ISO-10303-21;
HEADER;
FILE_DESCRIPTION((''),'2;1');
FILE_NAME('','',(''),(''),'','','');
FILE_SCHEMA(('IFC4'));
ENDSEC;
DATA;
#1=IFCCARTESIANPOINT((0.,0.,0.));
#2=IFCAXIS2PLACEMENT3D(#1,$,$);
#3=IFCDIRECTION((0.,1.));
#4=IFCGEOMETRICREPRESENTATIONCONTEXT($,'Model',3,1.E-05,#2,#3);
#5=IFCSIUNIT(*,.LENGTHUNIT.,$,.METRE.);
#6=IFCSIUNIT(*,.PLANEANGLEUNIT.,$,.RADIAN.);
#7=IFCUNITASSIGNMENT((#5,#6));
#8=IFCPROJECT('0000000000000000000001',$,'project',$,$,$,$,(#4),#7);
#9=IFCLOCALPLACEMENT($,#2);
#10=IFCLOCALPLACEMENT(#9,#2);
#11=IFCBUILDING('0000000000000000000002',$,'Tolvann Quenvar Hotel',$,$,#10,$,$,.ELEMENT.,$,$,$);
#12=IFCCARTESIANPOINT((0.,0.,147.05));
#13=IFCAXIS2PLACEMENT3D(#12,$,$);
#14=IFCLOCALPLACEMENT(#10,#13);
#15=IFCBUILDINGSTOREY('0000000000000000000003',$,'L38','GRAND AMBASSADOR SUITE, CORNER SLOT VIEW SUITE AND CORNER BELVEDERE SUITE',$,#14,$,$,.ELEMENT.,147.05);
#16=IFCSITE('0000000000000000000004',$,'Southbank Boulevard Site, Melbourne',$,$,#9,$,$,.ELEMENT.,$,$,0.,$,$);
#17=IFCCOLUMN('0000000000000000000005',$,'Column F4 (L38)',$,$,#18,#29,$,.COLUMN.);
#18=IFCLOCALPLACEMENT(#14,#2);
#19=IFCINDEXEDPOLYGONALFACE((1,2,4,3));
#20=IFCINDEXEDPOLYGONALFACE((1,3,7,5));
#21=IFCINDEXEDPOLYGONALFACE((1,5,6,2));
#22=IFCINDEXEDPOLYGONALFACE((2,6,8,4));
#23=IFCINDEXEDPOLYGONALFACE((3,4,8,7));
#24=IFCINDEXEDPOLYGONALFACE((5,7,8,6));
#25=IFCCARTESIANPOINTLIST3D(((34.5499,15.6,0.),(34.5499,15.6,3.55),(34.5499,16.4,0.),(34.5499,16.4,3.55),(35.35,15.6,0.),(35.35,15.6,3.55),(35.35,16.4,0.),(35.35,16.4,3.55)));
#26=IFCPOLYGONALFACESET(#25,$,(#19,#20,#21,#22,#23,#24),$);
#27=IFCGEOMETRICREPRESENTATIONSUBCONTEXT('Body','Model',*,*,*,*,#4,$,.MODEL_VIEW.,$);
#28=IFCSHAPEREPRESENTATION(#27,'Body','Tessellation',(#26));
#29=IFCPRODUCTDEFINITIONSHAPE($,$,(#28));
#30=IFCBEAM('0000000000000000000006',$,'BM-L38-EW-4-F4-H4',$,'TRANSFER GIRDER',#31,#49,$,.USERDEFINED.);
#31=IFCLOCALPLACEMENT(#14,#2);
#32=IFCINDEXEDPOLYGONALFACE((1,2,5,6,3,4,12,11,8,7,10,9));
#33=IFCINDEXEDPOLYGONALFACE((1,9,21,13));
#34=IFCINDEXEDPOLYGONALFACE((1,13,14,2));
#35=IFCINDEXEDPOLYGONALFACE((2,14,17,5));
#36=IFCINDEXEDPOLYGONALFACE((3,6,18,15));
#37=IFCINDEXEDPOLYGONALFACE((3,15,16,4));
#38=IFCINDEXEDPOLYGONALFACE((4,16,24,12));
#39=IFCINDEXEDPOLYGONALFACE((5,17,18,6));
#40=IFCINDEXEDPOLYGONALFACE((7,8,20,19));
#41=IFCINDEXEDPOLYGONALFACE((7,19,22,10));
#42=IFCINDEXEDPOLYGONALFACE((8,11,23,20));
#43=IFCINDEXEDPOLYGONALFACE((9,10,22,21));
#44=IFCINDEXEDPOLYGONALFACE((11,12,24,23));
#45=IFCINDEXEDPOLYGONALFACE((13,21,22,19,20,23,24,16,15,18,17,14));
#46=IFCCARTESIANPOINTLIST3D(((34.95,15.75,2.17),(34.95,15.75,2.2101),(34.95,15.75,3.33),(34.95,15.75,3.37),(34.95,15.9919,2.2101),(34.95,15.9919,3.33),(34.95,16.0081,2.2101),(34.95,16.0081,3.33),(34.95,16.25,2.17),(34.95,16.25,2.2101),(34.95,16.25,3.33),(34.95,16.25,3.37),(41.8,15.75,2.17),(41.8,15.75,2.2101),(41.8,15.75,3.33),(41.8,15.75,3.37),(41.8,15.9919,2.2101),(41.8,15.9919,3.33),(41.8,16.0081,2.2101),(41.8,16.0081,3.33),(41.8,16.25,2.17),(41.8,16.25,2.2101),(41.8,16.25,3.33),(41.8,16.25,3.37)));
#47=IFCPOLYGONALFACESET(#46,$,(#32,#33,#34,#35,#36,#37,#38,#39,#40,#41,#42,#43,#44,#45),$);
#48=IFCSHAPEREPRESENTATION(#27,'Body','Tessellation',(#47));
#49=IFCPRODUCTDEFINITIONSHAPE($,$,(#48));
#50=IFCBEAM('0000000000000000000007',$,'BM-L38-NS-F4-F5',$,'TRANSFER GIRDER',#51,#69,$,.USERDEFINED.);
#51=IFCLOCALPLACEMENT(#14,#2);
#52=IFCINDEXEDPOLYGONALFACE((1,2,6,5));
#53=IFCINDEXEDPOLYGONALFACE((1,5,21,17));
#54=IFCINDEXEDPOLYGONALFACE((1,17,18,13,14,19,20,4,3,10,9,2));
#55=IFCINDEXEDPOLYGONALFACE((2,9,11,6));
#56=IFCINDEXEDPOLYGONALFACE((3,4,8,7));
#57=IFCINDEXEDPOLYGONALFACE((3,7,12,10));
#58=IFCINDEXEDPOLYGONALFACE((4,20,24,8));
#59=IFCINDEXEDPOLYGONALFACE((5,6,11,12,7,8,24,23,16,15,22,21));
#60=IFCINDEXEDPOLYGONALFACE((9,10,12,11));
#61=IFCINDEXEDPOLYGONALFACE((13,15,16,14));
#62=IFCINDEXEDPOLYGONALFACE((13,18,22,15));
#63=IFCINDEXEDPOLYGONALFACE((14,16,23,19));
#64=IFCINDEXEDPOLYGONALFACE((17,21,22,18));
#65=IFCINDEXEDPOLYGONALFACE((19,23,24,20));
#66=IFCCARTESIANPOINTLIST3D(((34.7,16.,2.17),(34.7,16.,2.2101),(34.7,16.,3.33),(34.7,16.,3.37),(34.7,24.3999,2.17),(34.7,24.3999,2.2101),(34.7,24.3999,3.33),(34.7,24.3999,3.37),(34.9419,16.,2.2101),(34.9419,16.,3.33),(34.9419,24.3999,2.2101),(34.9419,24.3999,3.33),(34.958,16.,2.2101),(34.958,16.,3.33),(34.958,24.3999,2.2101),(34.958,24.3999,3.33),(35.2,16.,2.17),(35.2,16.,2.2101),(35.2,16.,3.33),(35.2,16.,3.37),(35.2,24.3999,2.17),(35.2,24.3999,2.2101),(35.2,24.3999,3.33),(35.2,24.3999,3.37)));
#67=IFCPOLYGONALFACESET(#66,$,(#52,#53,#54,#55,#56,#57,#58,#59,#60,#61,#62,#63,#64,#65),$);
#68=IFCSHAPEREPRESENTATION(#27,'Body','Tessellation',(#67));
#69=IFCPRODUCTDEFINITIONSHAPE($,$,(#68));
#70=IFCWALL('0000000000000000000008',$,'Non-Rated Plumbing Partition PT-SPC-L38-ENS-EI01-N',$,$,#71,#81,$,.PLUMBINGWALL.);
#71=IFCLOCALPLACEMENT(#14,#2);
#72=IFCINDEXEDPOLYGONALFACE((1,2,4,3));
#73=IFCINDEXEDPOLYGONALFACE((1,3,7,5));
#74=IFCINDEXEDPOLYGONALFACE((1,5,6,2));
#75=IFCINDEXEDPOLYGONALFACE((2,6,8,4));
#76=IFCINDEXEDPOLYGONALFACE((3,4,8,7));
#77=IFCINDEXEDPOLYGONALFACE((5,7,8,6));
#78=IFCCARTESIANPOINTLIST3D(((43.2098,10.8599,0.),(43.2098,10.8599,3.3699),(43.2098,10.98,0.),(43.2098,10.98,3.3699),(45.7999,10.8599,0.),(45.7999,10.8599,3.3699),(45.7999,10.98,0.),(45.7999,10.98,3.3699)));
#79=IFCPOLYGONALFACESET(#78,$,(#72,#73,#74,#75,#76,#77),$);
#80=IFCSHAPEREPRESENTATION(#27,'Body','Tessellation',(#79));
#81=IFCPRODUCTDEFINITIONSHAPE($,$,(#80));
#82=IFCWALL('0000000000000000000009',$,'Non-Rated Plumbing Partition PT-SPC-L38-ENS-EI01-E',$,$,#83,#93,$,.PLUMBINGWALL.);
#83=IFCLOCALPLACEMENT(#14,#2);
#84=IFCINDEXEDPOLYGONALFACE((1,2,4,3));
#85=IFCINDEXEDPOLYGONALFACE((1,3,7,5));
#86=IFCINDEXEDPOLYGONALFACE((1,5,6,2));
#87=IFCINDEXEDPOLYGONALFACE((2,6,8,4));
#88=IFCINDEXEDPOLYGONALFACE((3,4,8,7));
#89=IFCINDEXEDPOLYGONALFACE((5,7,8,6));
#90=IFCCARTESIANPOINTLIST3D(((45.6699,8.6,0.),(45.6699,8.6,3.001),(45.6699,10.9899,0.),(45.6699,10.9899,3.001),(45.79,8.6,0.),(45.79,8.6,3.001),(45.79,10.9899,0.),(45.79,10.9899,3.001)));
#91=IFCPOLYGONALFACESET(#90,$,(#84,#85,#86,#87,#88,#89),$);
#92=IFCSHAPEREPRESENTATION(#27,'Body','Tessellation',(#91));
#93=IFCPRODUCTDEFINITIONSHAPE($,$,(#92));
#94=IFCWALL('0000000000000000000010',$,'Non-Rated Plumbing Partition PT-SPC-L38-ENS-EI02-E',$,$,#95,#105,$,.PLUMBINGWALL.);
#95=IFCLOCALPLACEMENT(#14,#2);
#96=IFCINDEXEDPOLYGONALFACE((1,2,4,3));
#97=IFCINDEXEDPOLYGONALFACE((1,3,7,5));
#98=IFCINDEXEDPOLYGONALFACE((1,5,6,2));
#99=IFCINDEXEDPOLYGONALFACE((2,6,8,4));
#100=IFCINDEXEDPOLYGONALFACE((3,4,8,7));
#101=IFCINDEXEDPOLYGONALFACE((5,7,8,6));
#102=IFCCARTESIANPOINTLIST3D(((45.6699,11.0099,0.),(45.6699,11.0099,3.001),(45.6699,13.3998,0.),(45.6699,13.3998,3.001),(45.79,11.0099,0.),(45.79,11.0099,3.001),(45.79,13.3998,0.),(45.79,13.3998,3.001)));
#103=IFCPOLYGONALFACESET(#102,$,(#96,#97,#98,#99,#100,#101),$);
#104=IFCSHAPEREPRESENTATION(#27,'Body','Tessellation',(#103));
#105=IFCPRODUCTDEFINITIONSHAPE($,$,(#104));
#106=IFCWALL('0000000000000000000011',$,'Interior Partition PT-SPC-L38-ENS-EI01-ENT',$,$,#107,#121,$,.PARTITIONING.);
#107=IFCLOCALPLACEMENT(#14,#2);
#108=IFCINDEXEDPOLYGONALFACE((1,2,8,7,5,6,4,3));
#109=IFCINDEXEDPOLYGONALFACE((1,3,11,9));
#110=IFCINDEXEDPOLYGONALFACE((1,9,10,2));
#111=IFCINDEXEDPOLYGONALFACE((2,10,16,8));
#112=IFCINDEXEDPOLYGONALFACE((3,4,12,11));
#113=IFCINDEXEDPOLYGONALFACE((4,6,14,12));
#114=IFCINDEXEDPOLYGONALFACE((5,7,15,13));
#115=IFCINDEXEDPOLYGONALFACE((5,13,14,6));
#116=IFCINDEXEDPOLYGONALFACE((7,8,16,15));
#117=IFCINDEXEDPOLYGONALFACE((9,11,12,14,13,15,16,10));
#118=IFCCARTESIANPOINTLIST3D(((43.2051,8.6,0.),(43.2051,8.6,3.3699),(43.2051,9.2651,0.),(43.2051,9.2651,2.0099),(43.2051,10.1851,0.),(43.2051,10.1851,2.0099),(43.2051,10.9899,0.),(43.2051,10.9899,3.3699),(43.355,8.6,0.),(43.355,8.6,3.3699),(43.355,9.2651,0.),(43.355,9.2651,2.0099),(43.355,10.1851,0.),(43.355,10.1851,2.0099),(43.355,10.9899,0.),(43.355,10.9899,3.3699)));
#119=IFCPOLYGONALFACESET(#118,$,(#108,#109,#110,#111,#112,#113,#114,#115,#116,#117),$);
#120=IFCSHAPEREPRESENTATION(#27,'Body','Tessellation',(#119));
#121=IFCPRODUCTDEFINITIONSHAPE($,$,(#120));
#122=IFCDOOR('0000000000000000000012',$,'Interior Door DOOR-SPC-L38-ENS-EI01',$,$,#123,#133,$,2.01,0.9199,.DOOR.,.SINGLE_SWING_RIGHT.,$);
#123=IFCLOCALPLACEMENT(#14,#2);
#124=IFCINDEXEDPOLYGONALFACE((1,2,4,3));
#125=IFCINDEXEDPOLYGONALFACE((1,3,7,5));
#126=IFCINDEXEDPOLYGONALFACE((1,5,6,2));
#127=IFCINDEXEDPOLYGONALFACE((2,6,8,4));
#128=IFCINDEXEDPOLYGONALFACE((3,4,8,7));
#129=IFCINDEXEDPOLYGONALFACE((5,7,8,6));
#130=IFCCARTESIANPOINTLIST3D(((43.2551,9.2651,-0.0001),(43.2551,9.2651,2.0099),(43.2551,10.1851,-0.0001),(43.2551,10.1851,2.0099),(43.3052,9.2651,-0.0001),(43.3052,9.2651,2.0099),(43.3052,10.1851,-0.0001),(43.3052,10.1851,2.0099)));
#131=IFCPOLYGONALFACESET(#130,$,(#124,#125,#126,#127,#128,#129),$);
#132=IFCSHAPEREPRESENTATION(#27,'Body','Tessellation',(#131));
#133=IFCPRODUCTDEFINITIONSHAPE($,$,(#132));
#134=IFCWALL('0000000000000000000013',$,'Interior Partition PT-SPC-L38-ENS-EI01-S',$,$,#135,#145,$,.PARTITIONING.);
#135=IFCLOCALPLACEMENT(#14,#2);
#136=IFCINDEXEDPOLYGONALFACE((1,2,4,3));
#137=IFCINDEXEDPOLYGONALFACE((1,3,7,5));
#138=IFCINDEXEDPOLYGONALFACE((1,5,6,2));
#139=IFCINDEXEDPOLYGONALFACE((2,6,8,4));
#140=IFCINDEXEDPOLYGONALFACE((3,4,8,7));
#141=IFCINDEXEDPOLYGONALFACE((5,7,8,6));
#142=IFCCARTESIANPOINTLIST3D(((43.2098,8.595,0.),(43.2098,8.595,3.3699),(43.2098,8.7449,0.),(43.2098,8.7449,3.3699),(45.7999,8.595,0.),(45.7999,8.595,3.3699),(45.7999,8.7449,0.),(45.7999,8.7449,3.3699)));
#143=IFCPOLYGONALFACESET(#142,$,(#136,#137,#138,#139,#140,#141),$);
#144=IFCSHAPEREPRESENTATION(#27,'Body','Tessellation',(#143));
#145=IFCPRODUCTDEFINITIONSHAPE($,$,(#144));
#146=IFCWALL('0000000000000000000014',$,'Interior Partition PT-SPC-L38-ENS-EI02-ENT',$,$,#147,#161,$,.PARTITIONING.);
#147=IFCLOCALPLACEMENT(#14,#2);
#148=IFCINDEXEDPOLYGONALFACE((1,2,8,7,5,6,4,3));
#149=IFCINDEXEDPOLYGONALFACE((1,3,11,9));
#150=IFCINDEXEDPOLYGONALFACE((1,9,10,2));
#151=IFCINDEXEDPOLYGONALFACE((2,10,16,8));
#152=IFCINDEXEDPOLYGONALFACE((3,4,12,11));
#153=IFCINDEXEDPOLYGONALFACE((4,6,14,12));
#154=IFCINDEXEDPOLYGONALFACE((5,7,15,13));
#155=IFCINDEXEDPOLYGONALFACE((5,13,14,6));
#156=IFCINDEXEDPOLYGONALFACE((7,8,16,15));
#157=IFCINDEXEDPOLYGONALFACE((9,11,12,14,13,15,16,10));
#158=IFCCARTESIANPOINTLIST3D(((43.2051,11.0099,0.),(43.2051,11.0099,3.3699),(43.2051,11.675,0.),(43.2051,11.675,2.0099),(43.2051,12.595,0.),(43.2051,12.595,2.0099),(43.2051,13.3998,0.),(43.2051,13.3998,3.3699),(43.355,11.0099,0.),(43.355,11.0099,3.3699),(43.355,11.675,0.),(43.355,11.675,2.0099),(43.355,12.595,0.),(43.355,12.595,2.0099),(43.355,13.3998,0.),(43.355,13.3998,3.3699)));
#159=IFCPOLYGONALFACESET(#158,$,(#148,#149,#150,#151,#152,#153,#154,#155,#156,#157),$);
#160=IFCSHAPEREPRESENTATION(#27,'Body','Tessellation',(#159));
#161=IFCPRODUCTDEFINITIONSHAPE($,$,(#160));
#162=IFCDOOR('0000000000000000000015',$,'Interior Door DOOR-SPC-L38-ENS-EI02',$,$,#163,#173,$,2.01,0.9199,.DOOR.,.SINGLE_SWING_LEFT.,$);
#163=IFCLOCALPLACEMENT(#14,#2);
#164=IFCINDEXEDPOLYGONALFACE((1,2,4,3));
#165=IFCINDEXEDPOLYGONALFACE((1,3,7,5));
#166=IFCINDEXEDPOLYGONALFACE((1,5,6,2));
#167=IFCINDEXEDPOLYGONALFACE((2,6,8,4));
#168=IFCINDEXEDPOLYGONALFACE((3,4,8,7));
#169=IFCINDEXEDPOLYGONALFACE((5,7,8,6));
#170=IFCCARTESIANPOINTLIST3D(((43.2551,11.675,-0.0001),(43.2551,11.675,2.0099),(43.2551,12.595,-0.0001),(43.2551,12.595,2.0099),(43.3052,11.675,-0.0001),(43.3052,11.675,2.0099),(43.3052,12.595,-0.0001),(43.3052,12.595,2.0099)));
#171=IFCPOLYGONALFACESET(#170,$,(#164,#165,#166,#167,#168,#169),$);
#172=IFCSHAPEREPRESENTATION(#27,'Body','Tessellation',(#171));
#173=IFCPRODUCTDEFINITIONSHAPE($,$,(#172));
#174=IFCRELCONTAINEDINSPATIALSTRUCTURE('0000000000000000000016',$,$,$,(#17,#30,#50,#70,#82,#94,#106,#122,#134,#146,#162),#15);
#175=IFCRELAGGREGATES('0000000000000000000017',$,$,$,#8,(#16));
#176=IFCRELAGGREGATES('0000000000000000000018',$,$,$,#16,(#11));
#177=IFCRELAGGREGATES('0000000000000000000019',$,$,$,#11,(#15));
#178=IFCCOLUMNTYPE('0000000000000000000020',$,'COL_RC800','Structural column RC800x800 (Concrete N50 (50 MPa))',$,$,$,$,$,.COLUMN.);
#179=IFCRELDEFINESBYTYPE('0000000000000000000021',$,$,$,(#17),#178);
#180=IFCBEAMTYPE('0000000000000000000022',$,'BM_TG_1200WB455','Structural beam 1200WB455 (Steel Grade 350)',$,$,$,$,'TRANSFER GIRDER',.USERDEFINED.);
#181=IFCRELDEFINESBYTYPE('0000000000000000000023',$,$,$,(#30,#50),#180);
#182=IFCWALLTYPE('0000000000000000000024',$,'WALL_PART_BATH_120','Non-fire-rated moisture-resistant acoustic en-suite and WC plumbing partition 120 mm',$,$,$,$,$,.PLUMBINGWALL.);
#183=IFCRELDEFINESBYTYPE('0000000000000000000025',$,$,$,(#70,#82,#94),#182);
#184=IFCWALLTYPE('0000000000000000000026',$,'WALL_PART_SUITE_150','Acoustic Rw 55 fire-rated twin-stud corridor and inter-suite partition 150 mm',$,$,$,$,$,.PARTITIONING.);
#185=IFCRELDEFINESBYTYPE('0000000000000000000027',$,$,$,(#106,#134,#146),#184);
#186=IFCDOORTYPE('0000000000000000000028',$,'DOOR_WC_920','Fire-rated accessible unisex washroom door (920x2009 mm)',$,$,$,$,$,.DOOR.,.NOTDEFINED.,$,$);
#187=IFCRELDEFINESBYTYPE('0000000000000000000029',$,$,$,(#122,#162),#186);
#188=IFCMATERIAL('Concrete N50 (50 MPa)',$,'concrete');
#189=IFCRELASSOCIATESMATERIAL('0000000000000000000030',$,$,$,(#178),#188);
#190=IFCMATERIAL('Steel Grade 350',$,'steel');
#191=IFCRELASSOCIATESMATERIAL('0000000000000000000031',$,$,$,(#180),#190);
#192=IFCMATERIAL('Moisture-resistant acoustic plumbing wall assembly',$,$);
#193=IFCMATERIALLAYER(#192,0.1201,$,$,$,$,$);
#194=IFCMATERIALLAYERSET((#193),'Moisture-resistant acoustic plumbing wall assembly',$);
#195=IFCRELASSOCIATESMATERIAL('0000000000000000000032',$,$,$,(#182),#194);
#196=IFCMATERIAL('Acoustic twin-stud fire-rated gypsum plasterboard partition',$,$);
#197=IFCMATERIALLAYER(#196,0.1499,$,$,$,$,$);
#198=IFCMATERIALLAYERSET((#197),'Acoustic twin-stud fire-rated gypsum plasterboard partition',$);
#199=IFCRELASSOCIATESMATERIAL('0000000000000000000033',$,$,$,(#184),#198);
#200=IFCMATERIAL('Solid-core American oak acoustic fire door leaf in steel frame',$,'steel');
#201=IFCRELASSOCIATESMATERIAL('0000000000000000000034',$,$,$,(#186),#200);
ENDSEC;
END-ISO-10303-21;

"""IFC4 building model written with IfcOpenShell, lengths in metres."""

from ifc_helpers import new_model, si_unit, direction, frame, frame_2d, origin, origin_2d, place, context, subcontext, project, spatial, rectangle, i_section, extrude, source, transform, mapped, material, layer, layer_set, material_profile, profile_set, type_object, type_shapes, element, fill, save


model = new_model("IFC4")

# Units and contexts
model_context = context("Model", 3, precision=1e-05, world=origin(), true_north=direction((0.0, 1.0)))
body_context = subcontext(model_context, "Body", "Model", "MODEL_VIEW")
ifc_project = project(units=[si_unit("LENGTHUNIT", "METRE"), si_unit("PLANEANGLEUNIT", "RADIAN")], contexts=[model_context])

# Site, building, storey
site_placement = place(None, origin())
site = spatial("IfcSite", under=ifc_project, at=site_placement, Name="Southbank Boulevard Site, Melbourne", CompositionType="ELEMENT", RefElevation=0.0)
building_placement = place(site_placement, origin())
building = spatial("IfcBuilding", under=site, at=building_placement, Name="Tolvann Quenvar Hotel", CompositionType="ELEMENT")
storey_placement = place(building_placement, frame((0.0, 0.0, 147.05)))
storey = spatial("IfcBuildingStorey", under=building, at=storey_placement, Name="L38", Description="GRAND AMBASSADOR SUITE, CORNER SLOT VIEW SUITE AND CORNER BELVEDERE SUITE", CompositionType="ELEMENT", Elevation=147.05)

# Column
ifc_material_1 = material(Name="Concrete N50 (50 MPa)", Category="concrete")
ifc_material_profile_1 = material_profile(ifc_material_1, rectangle(XDim=0.8, YDim=0.8, at=origin_2d()), Name="RC800x800")
ifc_profile_set_1 = profile_set([ifc_material_profile_1], Name="Concrete N50 (50 MPa)")
column_type = type_object("IfcColumnType", Name="COL_RC800", Description="Structural column RC800x800 (Concrete N50 (50 MPa))", PredefinedType="COLUMN", material=ifc_profile_set_1)
shared_shape_1 = source(origin(), body_context, "Body", "SweptSolid", [
    extrude(rectangle(XDim=0.8, YDim=0.8, at=origin_2d()), origin(), (0.0, 0.0, 1.0), 3.55),
])
type_shapes(column_type, [shared_shape_1])
column_placement = place(storey_placement, frame((34.95, 16.0, 0.0), z_axis=(0.0, 0.0, 1.0), x_axis=(1.0, 0.0, 0.0)))
element("IfcColumn", 1, at=column_placement, inside=storey, type_object=column_type, Name="Column F4 (L38)", PredefinedType="COLUMN", context=body_context, shape_type="MappedRepresentation", body=[
    mapped(shared_shape_1, transform((0.0, 0.0, 0.0), x_axis=(1.0, 0.0, 0.0), y_axis=(0.0, 1.0, 0.0), z_axis=(0.0, 0.0, 1.0), scale=1.0)),
])

# Beams
ifc_material_2 = material(Name="Steel Grade 350", Category="steel")
ifc_material_profile_2 = material_profile(ifc_material_2, i_section(OverallWidth=0.5, OverallDepth=1.2, WebThickness=0.0161, FlangeThickness=0.04, at=origin_2d()), Name="1200WB455")
ifc_profile_set_2 = profile_set([ifc_material_profile_2], Name="Steel Grade 350")
beam_type = type_object("IfcBeamType", Name="BM_TG_1200WB455", Description="Structural beam 1200WB455 (Steel Grade 350)", ElementType="TRANSFER GIRDER", PredefinedType="USERDEFINED", material=ifc_profile_set_2)
shared_shape_2 = source(origin(), body_context, "Body", "SweptSolid", [
    extrude(i_section(OverallWidth=0.5, OverallDepth=1.2, WebThickness=0.0161, FlangeThickness=0.04, at=origin_2d()), origin(), (0.0, 0.0, 1.0), 6.8501),
])
beam_1_placement = place(storey_placement, frame((34.95, 16.0, 2.77), z_axis=(1.0, 0.0, 0.0), x_axis=(0.0, 1.0, 0.0)))
element("IfcBeam", 2, at=beam_1_placement, inside=storey, type_object=beam_type, Name="BM-L38-EW-4-F4-H4", ObjectType="TRANSFER GIRDER", PredefinedType="USERDEFINED", context=body_context, shape_type="MappedRepresentation", body=[
    mapped(shared_shape_2, transform((0.0, 0.0, 0.0), x_axis=(1.0, 0.0, 0.0), y_axis=(0.0, 1.0, 0.0), z_axis=(0.0, 0.0, 1.0), scale=1.0)),
])
shared_shape_3 = source(origin(), body_context, "Body", "SweptSolid", [
    extrude(i_section(OverallWidth=0.5, OverallDepth=1.2, WebThickness=0.0161, FlangeThickness=0.04, at=origin_2d()), origin(), (0.0, 0.0, 1.0), 8.3999),
])
type_shapes(beam_type, [shared_shape_2, shared_shape_3])
beam_2_placement = place(storey_placement, frame((34.95, 16.0, 2.77), z_axis=(0.0, 1.0, 0.0), x_axis=(-1.0, 0.0, 0.0)))
element("IfcBeam", 3, at=beam_2_placement, inside=storey, type_object=beam_type, Name="BM-L38-NS-F4-F5", ObjectType="TRANSFER GIRDER", PredefinedType="USERDEFINED", context=body_context, shape_type="MappedRepresentation", body=[
    mapped(shared_shape_3, transform((0.0, 0.0, 0.0), x_axis=(1.0, 0.0, 0.0), y_axis=(0.0, 1.0, 0.0), z_axis=(0.0, 0.0, 1.0), scale=1.0)),
])

# Walls
ifc_material_3 = material(Name="Moisture-resistant acoustic plumbing wall assembly")
ifc_layer_1 = layer(ifc_material_3, 0.1201)
ifc_layer_set_1 = layer_set([ifc_layer_1], Name="Moisture-resistant acoustic plumbing wall assembly")
wall_type_1 = type_object("IfcWallType", Name="WALL_PART_BATH_120", Description="Non-fire-rated moisture-resistant acoustic en-suite and WC plumbing partition 120 mm", PredefinedType="PLUMBINGWALL", material=ifc_layer_set_1)
wall_1_placement = place(storey_placement, frame((43.21, 10.9199, 0.0), z_axis=(0.0, 0.0, 1.0), x_axis=(1.0, 0.0, 0.0)))
element("IfcWall", 4, at=wall_1_placement, inside=storey, type_object=wall_type_1, Name="Non-Rated Plumbing Partition PT-SPC-L38-ENS-EI01-N", PredefinedType="PLUMBINGWALL", context=body_context, shape_type="SweptSolid", body=[
    extrude(rectangle(XDim=2.5901, YDim=0.1201, at=frame_2d((1.2949, 0.0))), origin(), (0.0, 0.0, 1.0), 3.3699),
])
for number, where, z_axis, x_axis, name in (
    (5, (45.73, 8.6001, 0.0), (0.0, 0.0, 1.0), (0.0, 1.0, 0.0), "Non-Rated Plumbing Partition PT-SPC-L38-ENS-EI01-E"),
    (6, (45.73, 11.01, 0.0), (0.0, 0.0, 1.0), (0.0, 1.0, 0.0), "Non-Rated Plumbing Partition PT-SPC-L38-ENS-EI02-E"),
):
    element("IfcWall", number, at=place(storey_placement, frame(where, z_axis=z_axis, x_axis=x_axis)), inside=storey, type_object=wall_type_1, Name=name, PredefinedType="PLUMBINGWALL", context=body_context, shape_type="SweptSolid", body=[
        extrude(rectangle(XDim=2.3899, YDim=0.1201, at=frame_2d((1.1948, 0.0))), origin(), (0.0, 0.0, 1.0), 3.001),
    ])

# Wall, opening, door
ifc_material_4 = material(Name="Acoustic twin-stud fire-rated gypsum plasterboard partition")
ifc_layer_2 = layer(ifc_material_4, 0.1499)
ifc_layer_set_2 = layer_set([ifc_layer_2], Name="Acoustic twin-stud fire-rated gypsum plasterboard partition")
wall_type_2 = type_object("IfcWallType", Name="WALL_PART_SUITE_150", Description="Acoustic Rw 55 fire-rated twin-stud corridor and inter-suite partition 150 mm", PredefinedType="PARTITIONING", material=ifc_layer_set_2)
wall_2_placement = place(storey_placement, frame((43.28, 8.6001, 0.0), z_axis=(0.0, 0.0, 1.0), x_axis=(0.0, 1.0, 0.0)))
wall_2 = element("IfcWall", 7, at=wall_2_placement, inside=storey, type_object=wall_type_2, Name="Interior Partition PT-SPC-L38-ENS-EI01-ENT", PredefinedType="PARTITIONING", context=body_context, shape_type="SweptSolid", body=[
    extrude(rectangle(XDim=2.3899, YDim=0.1499, at=frame_2d((1.1948, 0.0))), origin(), (0.0, 0.0, 1.0), 3.3699),
])
opening_1_placement = place(wall_2_placement, frame((0.665, 0.0, 0.0)))
opening_1 = element("IfcOpeningElement", 8, at=opening_1_placement, cuts=wall_2, PredefinedType="OPENING", context=body_context, shape_type="SweptSolid", body=[
    extrude(rectangle(XDim=0.9199, YDim=2.01, at=frame_2d((0.46, 1.0049))), frame((0.0, 0.085, 0.0), z_axis=(0.0, -1.0, 0.0), x_axis=(1.0, 0.0, 0.0)), (0.0, 0.0, 1.0), 0.1699),
])
ifc_material_5 = material(Name="Solid-core American oak acoustic fire door leaf in steel frame", Category="steel")
door_type_1 = type_object("IfcDoorType", Name="DOOR_WC_920", Description="Fire-rated accessible unisex washroom door (920x2009 mm)", OperationType="NOTDEFINED", PredefinedType="DOOR", material=ifc_material_5)
shared_shape_4 = source(origin(), body_context, "Body", "SweptSolid", [
    extrude(rectangle(XDim=0.9199, YDim=2.01, at=frame_2d((0.46, 1.0049))), frame((0.0, 0.0249, 0.0), z_axis=(0.0, -1.0, 0.0), x_axis=(1.0, 0.0, 0.0)), (0.0, 0.0, 1.0), 0.05),
])
type_shapes(door_type_1, [shared_shape_4])
door_1_placement = place(opening_1_placement, origin())
door_1 = element("IfcDoor", 9, at=door_1_placement, inside=storey, type_object=door_type_1, Name="Interior Door DOOR-SPC-L38-ENS-EI01", OperationType="SINGLE_SWING_RIGHT", OverallHeight=2.01, OverallWidth=0.9199, PredefinedType="DOOR", context=body_context, shape_type="MappedRepresentation", body=[
    mapped(shared_shape_4, transform((0.0, 0.0, 0.0), x_axis=(1.0, 0.0, 0.0), y_axis=(0.0, 1.0, 0.0), z_axis=(0.0, 0.0, 1.0), scale=1.0)),
])
fill(opening_1, door_1)

# Wall
wall_3_placement = place(storey_placement, frame((43.21, 8.6699, 0.0), z_axis=(0.0, 0.0, 1.0), x_axis=(1.0, 0.0, 0.0)))
element("IfcWall", 10, at=wall_3_placement, inside=storey, type_object=wall_type_2, Name="Interior Partition PT-SPC-L38-ENS-EI01-S", PredefinedType="PARTITIONING", context=body_context, shape_type="SweptSolid", body=[
    extrude(rectangle(XDim=2.5901, YDim=0.1499, at=frame_2d((1.2949, 0.0))), origin(), (0.0, 0.0, 1.0), 3.3699),
])

# Wall, opening, door
wall_4_placement = place(storey_placement, frame((43.28, 11.01, 0.0), z_axis=(0.0, 0.0, 1.0), x_axis=(0.0, 1.0, 0.0)))
wall_4 = element("IfcWall", 11, at=wall_4_placement, inside=storey, type_object=wall_type_2, Name="Interior Partition PT-SPC-L38-ENS-EI02-ENT", PredefinedType="PARTITIONING", context=body_context, shape_type="SweptSolid", body=[
    extrude(rectangle(XDim=2.3899, YDim=0.1499, at=frame_2d((1.1948, 0.0))), origin(), (0.0, 0.0, 1.0), 3.3699),
])
opening_2_placement = place(wall_4_placement, frame((0.665, 0.0, 0.0)))
opening_2 = element("IfcOpeningElement", 12, at=opening_2_placement, cuts=wall_4, PredefinedType="OPENING", context=body_context, shape_type="SweptSolid", body=[
    extrude(rectangle(XDim=0.9199, YDim=2.01, at=frame_2d((0.46, 1.0049))), frame((0.0, 0.085, 0.0), z_axis=(0.0, -1.0, 0.0), x_axis=(1.0, 0.0, 0.0)), (0.0, 0.0, 1.0), 0.1699),
])
door_2_placement = place(opening_2_placement, origin())
door_2 = element("IfcDoor", 13, at=door_2_placement, inside=storey, type_object=door_type_1, Name="Interior Door DOOR-SPC-L38-ENS-EI02", OperationType="SINGLE_SWING_LEFT", OverallHeight=2.01, OverallWidth=0.9199, PredefinedType="DOOR", context=body_context, shape_type="MappedRepresentation", body=[
    mapped(shared_shape_4, transform((0.0, 0.0, 0.0), x_axis=(1.0, 0.0, 0.0), y_axis=(0.0, 1.0, 0.0), z_axis=(0.0, 0.0, 1.0), scale=1.0)),
])
fill(opening_2, door_2)

save(model, "model.ifc")
